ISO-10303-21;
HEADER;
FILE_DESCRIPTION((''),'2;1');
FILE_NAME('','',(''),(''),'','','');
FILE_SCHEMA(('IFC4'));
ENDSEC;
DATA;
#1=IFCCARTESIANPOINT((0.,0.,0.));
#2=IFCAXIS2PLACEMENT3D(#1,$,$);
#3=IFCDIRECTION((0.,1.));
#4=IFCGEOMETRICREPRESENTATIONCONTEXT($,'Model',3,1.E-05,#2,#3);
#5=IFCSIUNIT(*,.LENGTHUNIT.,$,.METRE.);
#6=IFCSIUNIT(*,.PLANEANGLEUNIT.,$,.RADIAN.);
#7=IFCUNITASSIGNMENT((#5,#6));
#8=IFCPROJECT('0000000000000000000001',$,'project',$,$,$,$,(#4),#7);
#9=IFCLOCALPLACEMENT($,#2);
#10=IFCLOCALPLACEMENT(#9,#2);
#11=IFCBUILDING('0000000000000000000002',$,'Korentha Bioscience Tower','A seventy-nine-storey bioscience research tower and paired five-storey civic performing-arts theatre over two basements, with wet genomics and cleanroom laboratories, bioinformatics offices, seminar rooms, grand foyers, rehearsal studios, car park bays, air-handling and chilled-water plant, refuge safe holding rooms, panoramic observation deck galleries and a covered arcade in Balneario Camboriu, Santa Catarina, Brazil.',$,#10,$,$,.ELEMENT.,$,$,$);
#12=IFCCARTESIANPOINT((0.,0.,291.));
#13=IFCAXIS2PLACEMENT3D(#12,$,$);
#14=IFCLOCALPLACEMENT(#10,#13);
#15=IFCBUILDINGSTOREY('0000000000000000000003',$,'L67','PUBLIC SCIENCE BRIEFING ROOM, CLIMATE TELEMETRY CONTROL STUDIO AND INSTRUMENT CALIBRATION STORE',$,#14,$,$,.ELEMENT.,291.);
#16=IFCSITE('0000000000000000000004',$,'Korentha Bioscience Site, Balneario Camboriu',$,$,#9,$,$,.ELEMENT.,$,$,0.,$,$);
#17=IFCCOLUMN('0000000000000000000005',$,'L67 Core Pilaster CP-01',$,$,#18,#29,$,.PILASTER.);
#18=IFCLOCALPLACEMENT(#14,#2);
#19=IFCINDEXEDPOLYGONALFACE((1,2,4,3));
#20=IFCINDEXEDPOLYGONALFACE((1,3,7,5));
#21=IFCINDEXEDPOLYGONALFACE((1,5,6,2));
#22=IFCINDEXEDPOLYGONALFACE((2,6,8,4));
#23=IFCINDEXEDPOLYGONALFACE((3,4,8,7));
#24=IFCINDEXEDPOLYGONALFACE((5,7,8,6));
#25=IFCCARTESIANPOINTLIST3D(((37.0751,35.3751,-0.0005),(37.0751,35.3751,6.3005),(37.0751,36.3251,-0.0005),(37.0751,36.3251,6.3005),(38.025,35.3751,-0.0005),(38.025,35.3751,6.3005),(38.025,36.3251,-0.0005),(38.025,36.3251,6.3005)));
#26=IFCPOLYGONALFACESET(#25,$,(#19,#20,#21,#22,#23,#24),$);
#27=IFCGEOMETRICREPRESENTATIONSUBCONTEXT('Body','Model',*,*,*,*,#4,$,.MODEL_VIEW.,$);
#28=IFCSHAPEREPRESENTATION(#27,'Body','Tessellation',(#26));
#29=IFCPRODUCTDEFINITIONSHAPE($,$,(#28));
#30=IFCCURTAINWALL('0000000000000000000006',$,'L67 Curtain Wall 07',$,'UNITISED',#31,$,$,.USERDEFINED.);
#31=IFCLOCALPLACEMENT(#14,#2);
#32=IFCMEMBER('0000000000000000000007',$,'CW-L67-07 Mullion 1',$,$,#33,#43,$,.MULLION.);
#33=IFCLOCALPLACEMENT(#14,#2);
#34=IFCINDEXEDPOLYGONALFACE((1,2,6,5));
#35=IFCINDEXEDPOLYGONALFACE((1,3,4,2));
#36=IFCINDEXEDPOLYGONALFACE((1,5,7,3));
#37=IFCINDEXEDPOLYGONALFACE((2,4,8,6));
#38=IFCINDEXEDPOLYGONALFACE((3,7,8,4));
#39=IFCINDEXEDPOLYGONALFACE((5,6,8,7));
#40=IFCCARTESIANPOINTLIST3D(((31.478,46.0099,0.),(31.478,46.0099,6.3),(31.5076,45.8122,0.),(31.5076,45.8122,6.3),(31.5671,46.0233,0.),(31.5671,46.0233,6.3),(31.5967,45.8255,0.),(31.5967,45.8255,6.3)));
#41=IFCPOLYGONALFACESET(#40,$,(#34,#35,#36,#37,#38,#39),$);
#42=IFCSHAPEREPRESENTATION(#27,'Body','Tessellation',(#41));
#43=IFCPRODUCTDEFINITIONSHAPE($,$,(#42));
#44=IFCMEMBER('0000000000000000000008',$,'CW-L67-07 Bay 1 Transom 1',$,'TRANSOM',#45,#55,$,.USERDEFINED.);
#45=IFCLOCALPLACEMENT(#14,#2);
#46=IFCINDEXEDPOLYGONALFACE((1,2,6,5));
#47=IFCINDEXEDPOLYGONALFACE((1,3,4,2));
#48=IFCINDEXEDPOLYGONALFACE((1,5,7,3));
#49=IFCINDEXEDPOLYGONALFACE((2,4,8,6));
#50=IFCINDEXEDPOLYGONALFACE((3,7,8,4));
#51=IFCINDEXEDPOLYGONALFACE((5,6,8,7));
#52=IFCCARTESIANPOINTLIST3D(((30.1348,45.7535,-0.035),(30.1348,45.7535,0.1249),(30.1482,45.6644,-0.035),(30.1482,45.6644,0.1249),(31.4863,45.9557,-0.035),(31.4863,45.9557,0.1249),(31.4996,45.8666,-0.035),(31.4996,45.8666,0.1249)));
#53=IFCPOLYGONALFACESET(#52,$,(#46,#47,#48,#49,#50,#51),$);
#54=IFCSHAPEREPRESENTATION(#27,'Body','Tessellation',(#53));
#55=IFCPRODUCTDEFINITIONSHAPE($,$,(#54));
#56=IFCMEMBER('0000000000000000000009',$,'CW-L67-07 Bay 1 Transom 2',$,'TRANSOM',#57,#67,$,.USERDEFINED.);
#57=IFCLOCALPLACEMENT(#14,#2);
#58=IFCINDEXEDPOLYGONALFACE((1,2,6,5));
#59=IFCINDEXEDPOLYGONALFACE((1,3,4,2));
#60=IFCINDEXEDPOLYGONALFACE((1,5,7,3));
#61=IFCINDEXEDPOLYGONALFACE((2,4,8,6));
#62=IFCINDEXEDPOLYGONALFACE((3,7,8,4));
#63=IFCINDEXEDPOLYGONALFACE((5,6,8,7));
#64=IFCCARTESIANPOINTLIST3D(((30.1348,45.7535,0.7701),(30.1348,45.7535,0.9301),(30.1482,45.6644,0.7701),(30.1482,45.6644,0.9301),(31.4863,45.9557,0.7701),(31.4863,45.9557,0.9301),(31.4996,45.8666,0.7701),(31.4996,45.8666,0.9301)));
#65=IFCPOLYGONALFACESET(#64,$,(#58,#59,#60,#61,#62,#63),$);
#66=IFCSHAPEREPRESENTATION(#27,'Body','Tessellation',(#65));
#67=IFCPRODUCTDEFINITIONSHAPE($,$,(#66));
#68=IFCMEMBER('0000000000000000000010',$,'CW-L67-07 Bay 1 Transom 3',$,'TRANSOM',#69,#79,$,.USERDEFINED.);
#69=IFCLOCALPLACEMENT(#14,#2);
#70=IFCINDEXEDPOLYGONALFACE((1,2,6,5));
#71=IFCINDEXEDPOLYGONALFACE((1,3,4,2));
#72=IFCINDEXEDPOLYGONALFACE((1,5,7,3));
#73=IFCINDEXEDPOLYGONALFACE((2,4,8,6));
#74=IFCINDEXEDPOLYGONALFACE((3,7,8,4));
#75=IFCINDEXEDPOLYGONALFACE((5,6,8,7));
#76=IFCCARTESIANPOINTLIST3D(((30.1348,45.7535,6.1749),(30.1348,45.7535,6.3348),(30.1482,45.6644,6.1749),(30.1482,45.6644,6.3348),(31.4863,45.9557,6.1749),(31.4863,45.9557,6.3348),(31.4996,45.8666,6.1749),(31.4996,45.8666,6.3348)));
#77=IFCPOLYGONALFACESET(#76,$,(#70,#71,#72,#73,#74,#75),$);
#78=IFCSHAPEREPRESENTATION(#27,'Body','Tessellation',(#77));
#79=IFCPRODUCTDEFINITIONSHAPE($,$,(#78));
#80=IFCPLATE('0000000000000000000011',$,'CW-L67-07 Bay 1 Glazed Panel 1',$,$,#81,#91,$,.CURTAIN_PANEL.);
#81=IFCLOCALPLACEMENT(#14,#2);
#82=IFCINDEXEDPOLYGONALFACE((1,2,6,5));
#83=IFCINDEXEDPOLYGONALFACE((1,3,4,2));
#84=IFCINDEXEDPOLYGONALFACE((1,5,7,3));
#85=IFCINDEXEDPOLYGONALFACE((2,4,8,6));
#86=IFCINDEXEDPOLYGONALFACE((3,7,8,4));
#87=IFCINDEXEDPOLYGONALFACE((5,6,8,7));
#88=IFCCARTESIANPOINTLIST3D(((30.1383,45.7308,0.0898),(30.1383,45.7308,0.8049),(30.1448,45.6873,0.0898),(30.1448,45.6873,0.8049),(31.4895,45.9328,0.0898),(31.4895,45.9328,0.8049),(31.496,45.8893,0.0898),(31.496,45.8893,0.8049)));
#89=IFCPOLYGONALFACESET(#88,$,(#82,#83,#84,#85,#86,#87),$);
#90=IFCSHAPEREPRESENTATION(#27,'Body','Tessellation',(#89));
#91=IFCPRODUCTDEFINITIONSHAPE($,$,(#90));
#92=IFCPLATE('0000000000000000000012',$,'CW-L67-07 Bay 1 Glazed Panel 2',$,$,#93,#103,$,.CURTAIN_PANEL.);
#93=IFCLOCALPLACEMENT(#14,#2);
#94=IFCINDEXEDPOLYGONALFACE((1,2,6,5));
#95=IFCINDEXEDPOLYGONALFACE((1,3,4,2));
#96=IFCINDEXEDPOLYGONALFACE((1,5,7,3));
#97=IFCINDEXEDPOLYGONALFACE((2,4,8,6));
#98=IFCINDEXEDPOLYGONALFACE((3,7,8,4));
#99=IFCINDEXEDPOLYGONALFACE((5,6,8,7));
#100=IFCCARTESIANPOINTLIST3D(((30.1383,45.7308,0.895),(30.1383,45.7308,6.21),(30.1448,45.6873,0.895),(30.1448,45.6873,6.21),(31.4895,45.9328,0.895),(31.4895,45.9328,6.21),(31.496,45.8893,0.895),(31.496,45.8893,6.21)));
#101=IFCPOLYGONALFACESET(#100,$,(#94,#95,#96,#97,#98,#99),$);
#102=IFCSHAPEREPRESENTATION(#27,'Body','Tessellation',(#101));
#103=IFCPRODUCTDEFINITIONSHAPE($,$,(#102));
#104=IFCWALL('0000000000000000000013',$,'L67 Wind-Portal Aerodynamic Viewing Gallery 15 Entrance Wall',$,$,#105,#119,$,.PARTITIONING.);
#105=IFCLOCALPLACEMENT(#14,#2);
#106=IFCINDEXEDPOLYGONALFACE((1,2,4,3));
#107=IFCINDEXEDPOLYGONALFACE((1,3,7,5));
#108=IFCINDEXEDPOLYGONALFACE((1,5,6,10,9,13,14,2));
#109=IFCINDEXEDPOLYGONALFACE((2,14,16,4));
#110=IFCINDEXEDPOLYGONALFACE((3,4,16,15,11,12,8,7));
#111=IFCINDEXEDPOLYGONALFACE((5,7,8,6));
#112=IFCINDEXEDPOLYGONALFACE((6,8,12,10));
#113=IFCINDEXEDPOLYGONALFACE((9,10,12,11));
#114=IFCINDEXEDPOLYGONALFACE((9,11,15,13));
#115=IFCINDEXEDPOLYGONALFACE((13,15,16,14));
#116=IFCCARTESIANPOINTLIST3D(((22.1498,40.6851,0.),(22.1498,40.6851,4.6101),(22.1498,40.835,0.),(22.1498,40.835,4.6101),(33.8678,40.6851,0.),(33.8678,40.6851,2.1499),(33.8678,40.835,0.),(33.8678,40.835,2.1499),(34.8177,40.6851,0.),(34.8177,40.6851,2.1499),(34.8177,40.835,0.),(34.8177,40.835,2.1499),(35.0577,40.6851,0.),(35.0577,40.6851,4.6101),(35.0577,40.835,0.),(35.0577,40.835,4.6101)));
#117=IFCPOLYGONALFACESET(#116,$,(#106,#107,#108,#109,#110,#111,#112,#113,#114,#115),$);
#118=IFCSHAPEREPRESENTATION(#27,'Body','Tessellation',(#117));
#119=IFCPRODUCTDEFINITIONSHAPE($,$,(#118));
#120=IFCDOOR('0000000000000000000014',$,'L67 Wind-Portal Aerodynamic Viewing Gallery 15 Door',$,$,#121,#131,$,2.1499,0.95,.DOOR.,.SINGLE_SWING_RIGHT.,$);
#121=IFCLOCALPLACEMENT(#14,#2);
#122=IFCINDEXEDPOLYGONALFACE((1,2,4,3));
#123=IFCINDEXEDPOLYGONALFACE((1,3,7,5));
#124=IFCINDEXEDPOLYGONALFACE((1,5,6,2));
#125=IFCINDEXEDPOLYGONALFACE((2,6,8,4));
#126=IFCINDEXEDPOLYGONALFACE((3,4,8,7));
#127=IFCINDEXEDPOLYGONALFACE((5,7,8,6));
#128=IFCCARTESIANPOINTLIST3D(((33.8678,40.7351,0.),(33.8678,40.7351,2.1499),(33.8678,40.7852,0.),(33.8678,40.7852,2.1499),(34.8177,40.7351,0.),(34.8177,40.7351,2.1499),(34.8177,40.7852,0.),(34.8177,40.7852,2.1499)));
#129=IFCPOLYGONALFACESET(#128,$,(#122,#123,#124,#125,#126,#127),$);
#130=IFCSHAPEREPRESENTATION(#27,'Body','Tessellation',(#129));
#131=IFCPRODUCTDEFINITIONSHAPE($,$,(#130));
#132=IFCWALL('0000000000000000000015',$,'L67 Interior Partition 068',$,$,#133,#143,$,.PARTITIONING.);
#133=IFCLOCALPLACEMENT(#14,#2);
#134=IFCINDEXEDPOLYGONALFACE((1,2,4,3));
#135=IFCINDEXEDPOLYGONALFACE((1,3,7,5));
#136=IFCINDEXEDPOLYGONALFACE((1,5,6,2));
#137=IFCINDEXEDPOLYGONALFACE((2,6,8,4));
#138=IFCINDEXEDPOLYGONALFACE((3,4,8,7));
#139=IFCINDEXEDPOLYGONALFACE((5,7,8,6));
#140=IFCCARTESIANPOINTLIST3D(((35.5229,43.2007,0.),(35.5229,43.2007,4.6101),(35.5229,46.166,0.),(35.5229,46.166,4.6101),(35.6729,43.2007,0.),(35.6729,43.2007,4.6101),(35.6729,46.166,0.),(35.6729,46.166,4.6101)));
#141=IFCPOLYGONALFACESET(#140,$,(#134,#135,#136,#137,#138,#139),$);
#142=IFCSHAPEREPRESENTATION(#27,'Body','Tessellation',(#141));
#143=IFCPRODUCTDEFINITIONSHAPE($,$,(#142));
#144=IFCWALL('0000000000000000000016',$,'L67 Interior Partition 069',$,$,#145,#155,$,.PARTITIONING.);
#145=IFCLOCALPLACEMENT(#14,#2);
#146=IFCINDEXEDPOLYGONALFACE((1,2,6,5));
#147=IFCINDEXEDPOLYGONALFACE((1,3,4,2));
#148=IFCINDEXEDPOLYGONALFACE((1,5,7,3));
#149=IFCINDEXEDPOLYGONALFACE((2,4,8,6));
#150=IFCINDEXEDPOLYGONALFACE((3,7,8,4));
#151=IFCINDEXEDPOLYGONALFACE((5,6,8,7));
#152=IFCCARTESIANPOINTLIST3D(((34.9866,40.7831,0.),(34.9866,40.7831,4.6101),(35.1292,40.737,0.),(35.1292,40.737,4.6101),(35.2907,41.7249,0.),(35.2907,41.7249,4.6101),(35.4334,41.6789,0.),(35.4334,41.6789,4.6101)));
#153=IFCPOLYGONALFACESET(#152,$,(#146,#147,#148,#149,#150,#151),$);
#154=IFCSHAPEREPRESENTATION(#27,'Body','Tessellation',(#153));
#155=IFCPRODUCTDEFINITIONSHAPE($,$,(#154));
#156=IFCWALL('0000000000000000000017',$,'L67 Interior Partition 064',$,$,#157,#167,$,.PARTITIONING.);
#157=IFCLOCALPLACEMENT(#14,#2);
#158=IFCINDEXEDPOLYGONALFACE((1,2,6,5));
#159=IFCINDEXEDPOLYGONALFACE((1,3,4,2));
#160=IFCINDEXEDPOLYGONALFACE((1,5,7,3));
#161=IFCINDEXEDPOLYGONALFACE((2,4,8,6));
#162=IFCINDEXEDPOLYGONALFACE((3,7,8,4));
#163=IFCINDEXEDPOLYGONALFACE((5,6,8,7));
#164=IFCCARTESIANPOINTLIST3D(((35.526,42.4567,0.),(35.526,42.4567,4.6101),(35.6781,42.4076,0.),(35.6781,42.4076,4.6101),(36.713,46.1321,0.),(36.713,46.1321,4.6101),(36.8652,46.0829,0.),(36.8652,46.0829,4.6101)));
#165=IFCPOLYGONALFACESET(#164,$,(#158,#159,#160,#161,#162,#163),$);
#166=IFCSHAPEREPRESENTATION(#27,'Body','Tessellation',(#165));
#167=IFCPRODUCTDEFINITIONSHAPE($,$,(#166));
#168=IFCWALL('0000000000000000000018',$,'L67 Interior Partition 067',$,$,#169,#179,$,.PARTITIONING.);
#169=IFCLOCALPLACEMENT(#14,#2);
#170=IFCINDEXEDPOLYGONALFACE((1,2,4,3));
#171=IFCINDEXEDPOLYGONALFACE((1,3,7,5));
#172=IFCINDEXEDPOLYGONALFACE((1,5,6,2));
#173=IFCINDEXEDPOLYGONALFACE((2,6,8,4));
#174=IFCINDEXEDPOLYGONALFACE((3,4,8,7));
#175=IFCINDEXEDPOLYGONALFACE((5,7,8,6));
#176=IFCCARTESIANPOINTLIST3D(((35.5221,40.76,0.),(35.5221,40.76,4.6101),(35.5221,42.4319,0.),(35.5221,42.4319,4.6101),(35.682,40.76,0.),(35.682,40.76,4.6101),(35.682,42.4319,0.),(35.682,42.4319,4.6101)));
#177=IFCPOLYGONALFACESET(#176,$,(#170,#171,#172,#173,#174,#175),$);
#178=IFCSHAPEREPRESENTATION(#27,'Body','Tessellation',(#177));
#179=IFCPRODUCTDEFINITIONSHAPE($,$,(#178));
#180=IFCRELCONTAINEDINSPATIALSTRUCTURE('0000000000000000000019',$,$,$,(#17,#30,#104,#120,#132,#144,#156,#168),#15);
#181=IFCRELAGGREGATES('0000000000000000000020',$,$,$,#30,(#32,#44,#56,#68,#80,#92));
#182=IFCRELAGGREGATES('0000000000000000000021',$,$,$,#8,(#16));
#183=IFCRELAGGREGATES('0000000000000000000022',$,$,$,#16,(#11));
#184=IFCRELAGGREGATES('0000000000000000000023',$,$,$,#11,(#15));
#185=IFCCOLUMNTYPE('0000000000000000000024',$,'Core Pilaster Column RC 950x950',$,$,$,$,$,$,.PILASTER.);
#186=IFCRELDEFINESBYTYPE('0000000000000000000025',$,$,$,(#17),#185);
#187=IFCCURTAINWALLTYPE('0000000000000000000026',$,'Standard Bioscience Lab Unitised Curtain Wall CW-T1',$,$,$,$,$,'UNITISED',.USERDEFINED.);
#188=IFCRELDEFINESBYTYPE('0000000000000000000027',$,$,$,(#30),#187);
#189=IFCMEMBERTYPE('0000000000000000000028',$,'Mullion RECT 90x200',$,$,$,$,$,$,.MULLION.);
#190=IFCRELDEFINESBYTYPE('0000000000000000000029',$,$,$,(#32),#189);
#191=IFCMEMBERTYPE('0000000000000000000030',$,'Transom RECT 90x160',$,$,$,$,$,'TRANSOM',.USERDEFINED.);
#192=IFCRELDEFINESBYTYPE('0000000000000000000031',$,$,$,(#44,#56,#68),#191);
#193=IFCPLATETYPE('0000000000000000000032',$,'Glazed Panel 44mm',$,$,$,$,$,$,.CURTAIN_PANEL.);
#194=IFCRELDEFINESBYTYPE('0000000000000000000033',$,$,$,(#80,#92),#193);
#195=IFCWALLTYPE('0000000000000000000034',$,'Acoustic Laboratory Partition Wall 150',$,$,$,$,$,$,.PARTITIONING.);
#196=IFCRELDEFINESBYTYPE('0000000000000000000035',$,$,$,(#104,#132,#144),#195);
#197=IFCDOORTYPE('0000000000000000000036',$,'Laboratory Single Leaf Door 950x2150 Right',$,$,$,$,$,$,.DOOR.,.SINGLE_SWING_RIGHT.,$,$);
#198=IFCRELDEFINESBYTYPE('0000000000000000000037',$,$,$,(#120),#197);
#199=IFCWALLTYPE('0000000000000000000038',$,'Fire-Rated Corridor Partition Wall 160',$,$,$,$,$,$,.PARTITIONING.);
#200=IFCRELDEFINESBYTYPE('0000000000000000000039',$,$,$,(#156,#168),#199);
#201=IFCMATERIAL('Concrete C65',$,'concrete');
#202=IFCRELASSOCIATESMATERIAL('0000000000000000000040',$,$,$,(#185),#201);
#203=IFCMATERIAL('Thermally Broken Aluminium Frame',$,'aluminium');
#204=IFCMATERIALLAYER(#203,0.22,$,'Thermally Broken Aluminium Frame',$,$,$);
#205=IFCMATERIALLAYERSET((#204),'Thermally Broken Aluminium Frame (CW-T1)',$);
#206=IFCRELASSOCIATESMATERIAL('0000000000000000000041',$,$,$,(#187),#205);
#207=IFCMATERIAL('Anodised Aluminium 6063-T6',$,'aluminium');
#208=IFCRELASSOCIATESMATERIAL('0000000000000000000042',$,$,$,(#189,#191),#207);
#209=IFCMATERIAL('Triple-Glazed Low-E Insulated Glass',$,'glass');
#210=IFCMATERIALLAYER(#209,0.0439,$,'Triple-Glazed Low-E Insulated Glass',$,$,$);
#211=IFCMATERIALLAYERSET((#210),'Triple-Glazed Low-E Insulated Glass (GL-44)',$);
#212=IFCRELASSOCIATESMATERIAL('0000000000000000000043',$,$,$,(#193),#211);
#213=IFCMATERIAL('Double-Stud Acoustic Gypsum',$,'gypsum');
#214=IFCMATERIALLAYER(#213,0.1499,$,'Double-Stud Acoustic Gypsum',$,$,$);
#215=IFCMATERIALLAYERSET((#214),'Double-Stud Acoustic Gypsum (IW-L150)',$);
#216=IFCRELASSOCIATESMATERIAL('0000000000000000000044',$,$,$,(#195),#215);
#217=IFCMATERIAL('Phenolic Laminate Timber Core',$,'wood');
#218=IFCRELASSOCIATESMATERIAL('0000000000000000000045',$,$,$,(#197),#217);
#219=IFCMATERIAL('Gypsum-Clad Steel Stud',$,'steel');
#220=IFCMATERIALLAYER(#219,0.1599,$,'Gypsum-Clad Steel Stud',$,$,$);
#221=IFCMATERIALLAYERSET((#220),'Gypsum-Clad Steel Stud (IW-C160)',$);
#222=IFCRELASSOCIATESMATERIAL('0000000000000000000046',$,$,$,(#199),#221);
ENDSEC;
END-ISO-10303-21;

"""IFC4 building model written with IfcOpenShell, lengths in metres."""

from ifc_helpers import new_model, si_unit, direction, frame, frame_2d, origin, origin_2d, place, context, subcontext, project, spatial, rectangle, extrude, material, layer, layer_set, material_profile, profile_set, type_object, element, fill, aggregate, save


model = new_model("IFC4")

# Units and contexts
model_context = context("Model", 3, precision=1e-05, world=origin(), true_north=direction((0.0, 1.0)))
body_context = subcontext(model_context, "Body", "Model", "MODEL_VIEW")
ifc_project = project(units=[si_unit("LENGTHUNIT", "METRE"), si_unit("PLANEANGLEUNIT", "RADIAN")], contexts=[model_context])

# Site, building, storey
site_placement = place(None, origin())
site = spatial("IfcSite", under=ifc_project, at=site_placement, Name="Korentha Bioscience Site, Balneario Camboriu", CompositionType="ELEMENT", RefElevation=0.0)
building_placement = place(site_placement, origin())
building = spatial("IfcBuilding", under=site, at=building_placement, Name="Korentha Bioscience Tower", Description="A seventy-nine-storey bioscience research tower and paired five-storey civic performing-arts theatre over two basements, with wet genomics and cleanroom laboratories, bioinformatics offices, seminar rooms, grand foyers, rehearsal studios, car park bays, air-handling and chilled-water plant, refuge safe holding rooms, panoramic observation deck galleries and a covered arcade in Balneario Camboriu, Santa Catarina, Brazil.", CompositionType="ELEMENT")
storey_placement = place(building_placement, frame((0.0, 0.0, 291.0)))
storey = spatial("IfcBuildingStorey", under=building, at=storey_placement, Name="L67", Description="PUBLIC SCIENCE BRIEFING ROOM, CLIMATE TELEMETRY CONTROL STUDIO AND INSTRUMENT CALIBRATION STORE", CompositionType="ELEMENT", Elevation=291.0)

# Column
ifc_material_1 = material(Name="Concrete C65", Category="concrete")
ifc_material_profile_1 = material_profile(ifc_material_1, rectangle(XDim=0.95, YDim=0.95, at=origin_2d()), Name="Concrete C65")
ifc_profile_set_1 = profile_set([ifc_material_profile_1], Name="Concrete C65 (COL-CP09)")
column_type = type_object("IfcColumnType", Name="Core Pilaster Column RC 950x950", PredefinedType="PILASTER", material=ifc_profile_set_1)
column_placement = place(storey_placement, frame((37.55, 35.8501, -0.0005), z_axis=(0.0, 0.0, 1.0), x_axis=(1.0, 0.0, 0.0)))
element("IfcColumn", 1, at=column_placement, inside=storey, type_object=column_type, Name="L67 Core Pilaster CP-01", PredefinedType="PILASTER", context=body_context, shape_type="SweptSolid", body=[
    extrude(rectangle(XDim=0.95, YDim=0.95, at=origin_2d()), origin(), (0.0, 0.0, 1.0), 6.301),
])

# Curtain wall, members, plates
ifc_material_2 = material(Name="Thermally Broken Aluminium Frame", Category="aluminium")
ifc_layer_1 = layer(ifc_material_2, 0.22, Name="Thermally Broken Aluminium Frame")
ifc_layer_set_1 = layer_set([ifc_layer_1], Name="Thermally Broken Aluminium Frame (CW-T1)")
curtain_wall_type = type_object("IfcCurtainWallType", Name="Standard Bioscience Lab Unitised Curtain Wall CW-T1", ElementType="UNITISED", PredefinedType="USERDEFINED", material=ifc_layer_set_1)
curtain_wall_placement = place(storey_placement, origin())
curtain_wall = element("IfcCurtainWall", 2, at=curtain_wall_placement, inside=storey, type_object=curtain_wall_type, Name="L67 Curtain Wall 07", ObjectType="UNITISED", PredefinedType="USERDEFINED")
ifc_material_3 = material(Name="Anodised Aluminium 6063-T6", Category="aluminium")
ifc_material_profile_2 = material_profile(ifc_material_3, rectangle(XDim=0.0901, YDim=0.2, at=origin_2d()), Name="Anodised Aluminium 6063-T6")
ifc_profile_set_2 = profile_set([ifc_material_profile_2], Name="Anodised Aluminium 6063-T6 (CW-MUL)")
member_type_1 = type_object("IfcMemberType", Name="Mullion RECT 90x200", PredefinedType="MULLION", material=ifc_profile_set_2)
member_1_placement = place(storey_placement, frame((31.5374, 45.9177, 0.0), z_axis=(0.0, 0.0, 1.0), x_axis=(-0.989007, -0.147871, 0.0)))
member_1 = element("IfcMember", 3, at=member_1_placement, type_object=member_type_1, Name="CW-L67-07 Mullion 1", PredefinedType="MULLION", context=body_context, shape_type="SweptSolid", body=[
    extrude(rectangle(XDim=0.0901, YDim=0.2, at=origin_2d()), origin(), (0.0, 0.0, 1.0), 6.3),
])
ifc_material_profile_3 = material_profile(ifc_material_3, rectangle(XDim=0.0901, YDim=0.1599, at=origin_2d()), Name="Anodised Aluminium 6063-T6")
ifc_profile_set_3 = profile_set([ifc_material_profile_3], Name="Anodised Aluminium 6063-T6 (CW-TRN)")
member_type_2 = type_object("IfcMemberType", Name="Transom RECT 90x160", ElementType="TRANSOM", PredefinedType="USERDEFINED", material=ifc_profile_set_3)
member_2_placement = place(storey_placement, frame((31.4929, 45.9111, 0.0449), z_axis=(-0.988995, -0.147947, 0.0), x_axis=(0.147947, -0.988995, 0.0)))
member_2 = element("IfcMember", 4, at=member_2_placement, type_object=member_type_2, Name="CW-L67-07 Bay 1 Transom 1", ObjectType="TRANSOM", PredefinedType="USERDEFINED", context=body_context, shape_type="SweptSolid", body=[
    extrude(rectangle(XDim=0.0901, YDim=0.1599, at=origin_2d()), origin(), (0.0, 0.0, 1.0), 1.3665),
])
member_3_placement = place(storey_placement, frame((31.4929, 45.9111, 0.8501), z_axis=(-0.988995, -0.147947, 0.0), x_axis=(0.147947, -0.988995, 0.0)))
member_3 = element("IfcMember", 5, at=member_3_placement, type_object=member_type_2, Name="CW-L67-07 Bay 1 Transom 2", ObjectType="TRANSOM", PredefinedType="USERDEFINED", context=body_context, shape_type="SweptSolid", body=[
    extrude(rectangle(XDim=0.0901, YDim=0.1599, at=origin_2d()), origin(), (0.0, 0.0, 1.0), 1.3665),
])
member_4_placement = place(storey_placement, frame((31.4929, 45.9111, 6.2549), z_axis=(-0.988995, -0.147947, 0.0), x_axis=(0.147947, -0.988995, 0.0)))
member_4 = element("IfcMember", 6, at=member_4_placement, type_object=member_type_2, Name="CW-L67-07 Bay 1 Transom 3", ObjectType="TRANSOM", PredefinedType="USERDEFINED", context=body_context, shape_type="SweptSolid", body=[
    extrude(rectangle(XDim=0.0901, YDim=0.1599, at=origin_2d()), origin(), (0.0, 0.0, 1.0), 1.3665),
])
ifc_material_4 = material(Name="Triple-Glazed Low-E Insulated Glass", Category="glass")
ifc_layer_2 = layer(ifc_material_4, 0.0439, Name="Triple-Glazed Low-E Insulated Glass")
ifc_layer_set_2 = layer_set([ifc_layer_2], Name="Triple-Glazed Low-E Insulated Glass (GL-44)")
plate_type = type_object("IfcPlateType", Name="Glazed Panel 44mm", PredefinedType="CURTAIN_PANEL", material=ifc_layer_set_2)
plate_1_placement = place(storey_placement, frame((30.8171, 45.8101, 0.0898), z_axis=(0.0, 0.0, 1.0), x_axis=(-0.989007, -0.147871, 0.0)))
plate_1 = element("IfcPlate", 7, at=plate_1_placement, type_object=plate_type, Name="CW-L67-07 Bay 1 Glazed Panel 1", PredefinedType="CURTAIN_PANEL", context=body_context, shape_type="SweptSolid", body=[
    extrude(rectangle(XDim=1.3662, YDim=0.0439, at=origin_2d()), origin(), (0.0, 0.0, 1.0), 0.7151),
])
plate_2_placement = place(storey_placement, frame((30.8171, 45.8101, 0.895), z_axis=(0.0, 0.0, 1.0), x_axis=(-0.989007, -0.147871, 0.0)))
plate_2 = element("IfcPlate", 8, at=plate_2_placement, type_object=plate_type, Name="CW-L67-07 Bay 1 Glazed Panel 2", PredefinedType="CURTAIN_PANEL", context=body_context, shape_type="SweptSolid", body=[
    extrude(rectangle(XDim=1.3662, YDim=0.0439, at=origin_2d()), origin(), (0.0, 0.0, 1.0), 5.3149),
])
aggregate(curtain_wall, [member_1, member_2, member_3, member_4, plate_1, plate_2])

# Wall, opening, door
ifc_material_5 = material(Name="Double-Stud Acoustic Gypsum", Category="gypsum")
ifc_layer_3 = layer(ifc_material_5, 0.1499, Name="Double-Stud Acoustic Gypsum")
ifc_layer_set_3 = layer_set([ifc_layer_3], Name="Double-Stud Acoustic Gypsum (IW-L150)")
wall_type_1 = type_object("IfcWallType", Name="Acoustic Laboratory Partition Wall 150", PredefinedType="PARTITIONING", material=ifc_layer_set_3)
wall_1_placement = place(storey_placement, frame((35.0579, 40.76, 0.0), z_axis=(0.0, 0.0, 1.0), x_axis=(-1.0, 0.0, 0.0)))
wall_1 = element("IfcWall", 9, at=wall_1_placement, inside=storey, type_object=wall_type_1, Name="L67 Wind-Portal Aerodynamic Viewing Gallery 15 Entrance Wall", PredefinedType="PARTITIONING", context=body_context, shape_type="SweptSolid", body=[
    extrude(rectangle(XDim=12.908, YDim=0.1499, at=frame_2d((6.4541, 0.0))), origin(), (0.0, 0.0, 1.0), 4.6101),
])
opening_1_placement = place(wall_1_placement, frame((0.24, 0.0, 0.0)))
opening_1 = element("IfcOpeningElement", 10, at=opening_1_placement, cuts=wall_1, PredefinedType="OPENING", context=body_context, shape_type="SweptSolid", body=[
    extrude(rectangle(XDim=0.95, YDim=2.1499, at=frame_2d((0.4751, 1.075))), frame((0.0, 0.0898, 0.0), z_axis=(0.0, -1.0, 0.0), x_axis=(1.0, 0.0, 0.0)), (0.0, 0.0, 1.0), 0.1797),
])
ifc_material_6 = material(Name="Phenolic Laminate Timber Core", Category="wood")
door_type_1 = type_object("IfcDoorType", Name="Laboratory Single Leaf Door 950x2150 Right", OperationType="SINGLE_SWING_RIGHT", PredefinedType="DOOR", material=ifc_material_6)
door_1_placement = place(opening_1_placement, origin())
door_1 = element("IfcDoor", 11, at=door_1_placement, inside=storey, type_object=door_type_1, Name="L67 Wind-Portal Aerodynamic Viewing Gallery 15 Door", OperationType="SINGLE_SWING_RIGHT", OverallHeight=2.1499, OverallWidth=0.95, PredefinedType="DOOR", context=body_context, shape_type="SweptSolid", body=[
    extrude(rectangle(XDim=0.95, YDim=2.1499, at=frame_2d((0.4751, 1.075))), frame((0.0, 0.0249, 0.0), z_axis=(0.0, -1.0, 0.0), x_axis=(1.0, 0.0, 0.0)), (0.0, 0.0, 1.0), 0.05),
])
fill(opening_1, door_1)

# Walls
wall_2_placement = place(storey_placement, frame((35.5979, 46.166, 0.0), z_axis=(0.0, 0.0, 1.0), x_axis=(0.0, -1.0, 0.0)))
element("IfcWall", 12, at=wall_2_placement, inside=storey, type_object=wall_type_1, Name="L67 Interior Partition 068", PredefinedType="PARTITIONING", context=body_context, shape_type="SweptSolid", body=[
    extrude(rectangle(XDim=2.9653, YDim=0.1499, at=frame_2d((1.4827, 0.0))), origin(), (0.0, 0.0, 1.0), 4.6101),
])
wall_3_placement = place(storey_placement, frame((35.3621, 41.7019, 0.0), z_axis=(0.0, 0.0, 1.0), x_axis=(-0.307334, -0.951602, 0.0)))
element("IfcWall", 13, at=wall_3_placement, inside=storey, type_object=wall_type_1, Name="L67 Interior Partition 069", PredefinedType="PARTITIONING", context=body_context, shape_type="SweptSolid", body=[
    extrude(rectangle(XDim=0.9897, YDim=0.1499, at=frame_2d((0.4949, 0.0))), origin(), (0.0, 0.0, 1.0), 4.6101),
])
ifc_material_7 = material(Name="Gypsum-Clad Steel Stud", Category="steel")
ifc_layer_4 = layer(ifc_material_7, 0.1599, Name="Gypsum-Clad Steel Stud")
ifc_layer_set_4 = layer_set([ifc_layer_4], Name="Gypsum-Clad Steel Stud (IW-C160)")
wall_type_2 = type_object("IfcWallType", Name="Fire-Rated Corridor Partition Wall 160", PredefinedType="PARTITIONING", material=ifc_layer_set_4)
wall_4_placement = place(storey_placement, frame((35.6021, 42.4321, 0.0), z_axis=(0.0, 0.0, 1.0), x_axis=(0.307339, 0.9516, 0.0)))
element("IfcWall", 14, at=wall_4_placement, inside=storey, type_object=wall_type_2, Name="L67 Interior Partition 064", PredefinedType="PARTITIONING", context=body_context, shape_type="SweptSolid", body=[
    extrude(rectangle(XDim=3.8623, YDim=0.1599, at=frame_2d((1.9312, 0.0))), origin(), (0.0, 0.0, 1.0), 4.6101),
])
wall_5_placement = place(storey_placement, frame((35.6021, 40.76, 0.0), z_axis=(0.0, 0.0, 1.0), x_axis=(0.0, 1.0, 0.0)))
element("IfcWall", 15, at=wall_5_placement, inside=storey, type_object=wall_type_2, Name="L67 Interior Partition 067", PredefinedType="PARTITIONING", context=body_context, shape_type="SweptSolid", body=[
    extrude(rectangle(XDim=1.6719, YDim=0.1599, at=frame_2d((0.8359, 0.0))), origin(), (0.0, 0.0, 1.0), 4.6101),
])

save(model, "model.ifc")
